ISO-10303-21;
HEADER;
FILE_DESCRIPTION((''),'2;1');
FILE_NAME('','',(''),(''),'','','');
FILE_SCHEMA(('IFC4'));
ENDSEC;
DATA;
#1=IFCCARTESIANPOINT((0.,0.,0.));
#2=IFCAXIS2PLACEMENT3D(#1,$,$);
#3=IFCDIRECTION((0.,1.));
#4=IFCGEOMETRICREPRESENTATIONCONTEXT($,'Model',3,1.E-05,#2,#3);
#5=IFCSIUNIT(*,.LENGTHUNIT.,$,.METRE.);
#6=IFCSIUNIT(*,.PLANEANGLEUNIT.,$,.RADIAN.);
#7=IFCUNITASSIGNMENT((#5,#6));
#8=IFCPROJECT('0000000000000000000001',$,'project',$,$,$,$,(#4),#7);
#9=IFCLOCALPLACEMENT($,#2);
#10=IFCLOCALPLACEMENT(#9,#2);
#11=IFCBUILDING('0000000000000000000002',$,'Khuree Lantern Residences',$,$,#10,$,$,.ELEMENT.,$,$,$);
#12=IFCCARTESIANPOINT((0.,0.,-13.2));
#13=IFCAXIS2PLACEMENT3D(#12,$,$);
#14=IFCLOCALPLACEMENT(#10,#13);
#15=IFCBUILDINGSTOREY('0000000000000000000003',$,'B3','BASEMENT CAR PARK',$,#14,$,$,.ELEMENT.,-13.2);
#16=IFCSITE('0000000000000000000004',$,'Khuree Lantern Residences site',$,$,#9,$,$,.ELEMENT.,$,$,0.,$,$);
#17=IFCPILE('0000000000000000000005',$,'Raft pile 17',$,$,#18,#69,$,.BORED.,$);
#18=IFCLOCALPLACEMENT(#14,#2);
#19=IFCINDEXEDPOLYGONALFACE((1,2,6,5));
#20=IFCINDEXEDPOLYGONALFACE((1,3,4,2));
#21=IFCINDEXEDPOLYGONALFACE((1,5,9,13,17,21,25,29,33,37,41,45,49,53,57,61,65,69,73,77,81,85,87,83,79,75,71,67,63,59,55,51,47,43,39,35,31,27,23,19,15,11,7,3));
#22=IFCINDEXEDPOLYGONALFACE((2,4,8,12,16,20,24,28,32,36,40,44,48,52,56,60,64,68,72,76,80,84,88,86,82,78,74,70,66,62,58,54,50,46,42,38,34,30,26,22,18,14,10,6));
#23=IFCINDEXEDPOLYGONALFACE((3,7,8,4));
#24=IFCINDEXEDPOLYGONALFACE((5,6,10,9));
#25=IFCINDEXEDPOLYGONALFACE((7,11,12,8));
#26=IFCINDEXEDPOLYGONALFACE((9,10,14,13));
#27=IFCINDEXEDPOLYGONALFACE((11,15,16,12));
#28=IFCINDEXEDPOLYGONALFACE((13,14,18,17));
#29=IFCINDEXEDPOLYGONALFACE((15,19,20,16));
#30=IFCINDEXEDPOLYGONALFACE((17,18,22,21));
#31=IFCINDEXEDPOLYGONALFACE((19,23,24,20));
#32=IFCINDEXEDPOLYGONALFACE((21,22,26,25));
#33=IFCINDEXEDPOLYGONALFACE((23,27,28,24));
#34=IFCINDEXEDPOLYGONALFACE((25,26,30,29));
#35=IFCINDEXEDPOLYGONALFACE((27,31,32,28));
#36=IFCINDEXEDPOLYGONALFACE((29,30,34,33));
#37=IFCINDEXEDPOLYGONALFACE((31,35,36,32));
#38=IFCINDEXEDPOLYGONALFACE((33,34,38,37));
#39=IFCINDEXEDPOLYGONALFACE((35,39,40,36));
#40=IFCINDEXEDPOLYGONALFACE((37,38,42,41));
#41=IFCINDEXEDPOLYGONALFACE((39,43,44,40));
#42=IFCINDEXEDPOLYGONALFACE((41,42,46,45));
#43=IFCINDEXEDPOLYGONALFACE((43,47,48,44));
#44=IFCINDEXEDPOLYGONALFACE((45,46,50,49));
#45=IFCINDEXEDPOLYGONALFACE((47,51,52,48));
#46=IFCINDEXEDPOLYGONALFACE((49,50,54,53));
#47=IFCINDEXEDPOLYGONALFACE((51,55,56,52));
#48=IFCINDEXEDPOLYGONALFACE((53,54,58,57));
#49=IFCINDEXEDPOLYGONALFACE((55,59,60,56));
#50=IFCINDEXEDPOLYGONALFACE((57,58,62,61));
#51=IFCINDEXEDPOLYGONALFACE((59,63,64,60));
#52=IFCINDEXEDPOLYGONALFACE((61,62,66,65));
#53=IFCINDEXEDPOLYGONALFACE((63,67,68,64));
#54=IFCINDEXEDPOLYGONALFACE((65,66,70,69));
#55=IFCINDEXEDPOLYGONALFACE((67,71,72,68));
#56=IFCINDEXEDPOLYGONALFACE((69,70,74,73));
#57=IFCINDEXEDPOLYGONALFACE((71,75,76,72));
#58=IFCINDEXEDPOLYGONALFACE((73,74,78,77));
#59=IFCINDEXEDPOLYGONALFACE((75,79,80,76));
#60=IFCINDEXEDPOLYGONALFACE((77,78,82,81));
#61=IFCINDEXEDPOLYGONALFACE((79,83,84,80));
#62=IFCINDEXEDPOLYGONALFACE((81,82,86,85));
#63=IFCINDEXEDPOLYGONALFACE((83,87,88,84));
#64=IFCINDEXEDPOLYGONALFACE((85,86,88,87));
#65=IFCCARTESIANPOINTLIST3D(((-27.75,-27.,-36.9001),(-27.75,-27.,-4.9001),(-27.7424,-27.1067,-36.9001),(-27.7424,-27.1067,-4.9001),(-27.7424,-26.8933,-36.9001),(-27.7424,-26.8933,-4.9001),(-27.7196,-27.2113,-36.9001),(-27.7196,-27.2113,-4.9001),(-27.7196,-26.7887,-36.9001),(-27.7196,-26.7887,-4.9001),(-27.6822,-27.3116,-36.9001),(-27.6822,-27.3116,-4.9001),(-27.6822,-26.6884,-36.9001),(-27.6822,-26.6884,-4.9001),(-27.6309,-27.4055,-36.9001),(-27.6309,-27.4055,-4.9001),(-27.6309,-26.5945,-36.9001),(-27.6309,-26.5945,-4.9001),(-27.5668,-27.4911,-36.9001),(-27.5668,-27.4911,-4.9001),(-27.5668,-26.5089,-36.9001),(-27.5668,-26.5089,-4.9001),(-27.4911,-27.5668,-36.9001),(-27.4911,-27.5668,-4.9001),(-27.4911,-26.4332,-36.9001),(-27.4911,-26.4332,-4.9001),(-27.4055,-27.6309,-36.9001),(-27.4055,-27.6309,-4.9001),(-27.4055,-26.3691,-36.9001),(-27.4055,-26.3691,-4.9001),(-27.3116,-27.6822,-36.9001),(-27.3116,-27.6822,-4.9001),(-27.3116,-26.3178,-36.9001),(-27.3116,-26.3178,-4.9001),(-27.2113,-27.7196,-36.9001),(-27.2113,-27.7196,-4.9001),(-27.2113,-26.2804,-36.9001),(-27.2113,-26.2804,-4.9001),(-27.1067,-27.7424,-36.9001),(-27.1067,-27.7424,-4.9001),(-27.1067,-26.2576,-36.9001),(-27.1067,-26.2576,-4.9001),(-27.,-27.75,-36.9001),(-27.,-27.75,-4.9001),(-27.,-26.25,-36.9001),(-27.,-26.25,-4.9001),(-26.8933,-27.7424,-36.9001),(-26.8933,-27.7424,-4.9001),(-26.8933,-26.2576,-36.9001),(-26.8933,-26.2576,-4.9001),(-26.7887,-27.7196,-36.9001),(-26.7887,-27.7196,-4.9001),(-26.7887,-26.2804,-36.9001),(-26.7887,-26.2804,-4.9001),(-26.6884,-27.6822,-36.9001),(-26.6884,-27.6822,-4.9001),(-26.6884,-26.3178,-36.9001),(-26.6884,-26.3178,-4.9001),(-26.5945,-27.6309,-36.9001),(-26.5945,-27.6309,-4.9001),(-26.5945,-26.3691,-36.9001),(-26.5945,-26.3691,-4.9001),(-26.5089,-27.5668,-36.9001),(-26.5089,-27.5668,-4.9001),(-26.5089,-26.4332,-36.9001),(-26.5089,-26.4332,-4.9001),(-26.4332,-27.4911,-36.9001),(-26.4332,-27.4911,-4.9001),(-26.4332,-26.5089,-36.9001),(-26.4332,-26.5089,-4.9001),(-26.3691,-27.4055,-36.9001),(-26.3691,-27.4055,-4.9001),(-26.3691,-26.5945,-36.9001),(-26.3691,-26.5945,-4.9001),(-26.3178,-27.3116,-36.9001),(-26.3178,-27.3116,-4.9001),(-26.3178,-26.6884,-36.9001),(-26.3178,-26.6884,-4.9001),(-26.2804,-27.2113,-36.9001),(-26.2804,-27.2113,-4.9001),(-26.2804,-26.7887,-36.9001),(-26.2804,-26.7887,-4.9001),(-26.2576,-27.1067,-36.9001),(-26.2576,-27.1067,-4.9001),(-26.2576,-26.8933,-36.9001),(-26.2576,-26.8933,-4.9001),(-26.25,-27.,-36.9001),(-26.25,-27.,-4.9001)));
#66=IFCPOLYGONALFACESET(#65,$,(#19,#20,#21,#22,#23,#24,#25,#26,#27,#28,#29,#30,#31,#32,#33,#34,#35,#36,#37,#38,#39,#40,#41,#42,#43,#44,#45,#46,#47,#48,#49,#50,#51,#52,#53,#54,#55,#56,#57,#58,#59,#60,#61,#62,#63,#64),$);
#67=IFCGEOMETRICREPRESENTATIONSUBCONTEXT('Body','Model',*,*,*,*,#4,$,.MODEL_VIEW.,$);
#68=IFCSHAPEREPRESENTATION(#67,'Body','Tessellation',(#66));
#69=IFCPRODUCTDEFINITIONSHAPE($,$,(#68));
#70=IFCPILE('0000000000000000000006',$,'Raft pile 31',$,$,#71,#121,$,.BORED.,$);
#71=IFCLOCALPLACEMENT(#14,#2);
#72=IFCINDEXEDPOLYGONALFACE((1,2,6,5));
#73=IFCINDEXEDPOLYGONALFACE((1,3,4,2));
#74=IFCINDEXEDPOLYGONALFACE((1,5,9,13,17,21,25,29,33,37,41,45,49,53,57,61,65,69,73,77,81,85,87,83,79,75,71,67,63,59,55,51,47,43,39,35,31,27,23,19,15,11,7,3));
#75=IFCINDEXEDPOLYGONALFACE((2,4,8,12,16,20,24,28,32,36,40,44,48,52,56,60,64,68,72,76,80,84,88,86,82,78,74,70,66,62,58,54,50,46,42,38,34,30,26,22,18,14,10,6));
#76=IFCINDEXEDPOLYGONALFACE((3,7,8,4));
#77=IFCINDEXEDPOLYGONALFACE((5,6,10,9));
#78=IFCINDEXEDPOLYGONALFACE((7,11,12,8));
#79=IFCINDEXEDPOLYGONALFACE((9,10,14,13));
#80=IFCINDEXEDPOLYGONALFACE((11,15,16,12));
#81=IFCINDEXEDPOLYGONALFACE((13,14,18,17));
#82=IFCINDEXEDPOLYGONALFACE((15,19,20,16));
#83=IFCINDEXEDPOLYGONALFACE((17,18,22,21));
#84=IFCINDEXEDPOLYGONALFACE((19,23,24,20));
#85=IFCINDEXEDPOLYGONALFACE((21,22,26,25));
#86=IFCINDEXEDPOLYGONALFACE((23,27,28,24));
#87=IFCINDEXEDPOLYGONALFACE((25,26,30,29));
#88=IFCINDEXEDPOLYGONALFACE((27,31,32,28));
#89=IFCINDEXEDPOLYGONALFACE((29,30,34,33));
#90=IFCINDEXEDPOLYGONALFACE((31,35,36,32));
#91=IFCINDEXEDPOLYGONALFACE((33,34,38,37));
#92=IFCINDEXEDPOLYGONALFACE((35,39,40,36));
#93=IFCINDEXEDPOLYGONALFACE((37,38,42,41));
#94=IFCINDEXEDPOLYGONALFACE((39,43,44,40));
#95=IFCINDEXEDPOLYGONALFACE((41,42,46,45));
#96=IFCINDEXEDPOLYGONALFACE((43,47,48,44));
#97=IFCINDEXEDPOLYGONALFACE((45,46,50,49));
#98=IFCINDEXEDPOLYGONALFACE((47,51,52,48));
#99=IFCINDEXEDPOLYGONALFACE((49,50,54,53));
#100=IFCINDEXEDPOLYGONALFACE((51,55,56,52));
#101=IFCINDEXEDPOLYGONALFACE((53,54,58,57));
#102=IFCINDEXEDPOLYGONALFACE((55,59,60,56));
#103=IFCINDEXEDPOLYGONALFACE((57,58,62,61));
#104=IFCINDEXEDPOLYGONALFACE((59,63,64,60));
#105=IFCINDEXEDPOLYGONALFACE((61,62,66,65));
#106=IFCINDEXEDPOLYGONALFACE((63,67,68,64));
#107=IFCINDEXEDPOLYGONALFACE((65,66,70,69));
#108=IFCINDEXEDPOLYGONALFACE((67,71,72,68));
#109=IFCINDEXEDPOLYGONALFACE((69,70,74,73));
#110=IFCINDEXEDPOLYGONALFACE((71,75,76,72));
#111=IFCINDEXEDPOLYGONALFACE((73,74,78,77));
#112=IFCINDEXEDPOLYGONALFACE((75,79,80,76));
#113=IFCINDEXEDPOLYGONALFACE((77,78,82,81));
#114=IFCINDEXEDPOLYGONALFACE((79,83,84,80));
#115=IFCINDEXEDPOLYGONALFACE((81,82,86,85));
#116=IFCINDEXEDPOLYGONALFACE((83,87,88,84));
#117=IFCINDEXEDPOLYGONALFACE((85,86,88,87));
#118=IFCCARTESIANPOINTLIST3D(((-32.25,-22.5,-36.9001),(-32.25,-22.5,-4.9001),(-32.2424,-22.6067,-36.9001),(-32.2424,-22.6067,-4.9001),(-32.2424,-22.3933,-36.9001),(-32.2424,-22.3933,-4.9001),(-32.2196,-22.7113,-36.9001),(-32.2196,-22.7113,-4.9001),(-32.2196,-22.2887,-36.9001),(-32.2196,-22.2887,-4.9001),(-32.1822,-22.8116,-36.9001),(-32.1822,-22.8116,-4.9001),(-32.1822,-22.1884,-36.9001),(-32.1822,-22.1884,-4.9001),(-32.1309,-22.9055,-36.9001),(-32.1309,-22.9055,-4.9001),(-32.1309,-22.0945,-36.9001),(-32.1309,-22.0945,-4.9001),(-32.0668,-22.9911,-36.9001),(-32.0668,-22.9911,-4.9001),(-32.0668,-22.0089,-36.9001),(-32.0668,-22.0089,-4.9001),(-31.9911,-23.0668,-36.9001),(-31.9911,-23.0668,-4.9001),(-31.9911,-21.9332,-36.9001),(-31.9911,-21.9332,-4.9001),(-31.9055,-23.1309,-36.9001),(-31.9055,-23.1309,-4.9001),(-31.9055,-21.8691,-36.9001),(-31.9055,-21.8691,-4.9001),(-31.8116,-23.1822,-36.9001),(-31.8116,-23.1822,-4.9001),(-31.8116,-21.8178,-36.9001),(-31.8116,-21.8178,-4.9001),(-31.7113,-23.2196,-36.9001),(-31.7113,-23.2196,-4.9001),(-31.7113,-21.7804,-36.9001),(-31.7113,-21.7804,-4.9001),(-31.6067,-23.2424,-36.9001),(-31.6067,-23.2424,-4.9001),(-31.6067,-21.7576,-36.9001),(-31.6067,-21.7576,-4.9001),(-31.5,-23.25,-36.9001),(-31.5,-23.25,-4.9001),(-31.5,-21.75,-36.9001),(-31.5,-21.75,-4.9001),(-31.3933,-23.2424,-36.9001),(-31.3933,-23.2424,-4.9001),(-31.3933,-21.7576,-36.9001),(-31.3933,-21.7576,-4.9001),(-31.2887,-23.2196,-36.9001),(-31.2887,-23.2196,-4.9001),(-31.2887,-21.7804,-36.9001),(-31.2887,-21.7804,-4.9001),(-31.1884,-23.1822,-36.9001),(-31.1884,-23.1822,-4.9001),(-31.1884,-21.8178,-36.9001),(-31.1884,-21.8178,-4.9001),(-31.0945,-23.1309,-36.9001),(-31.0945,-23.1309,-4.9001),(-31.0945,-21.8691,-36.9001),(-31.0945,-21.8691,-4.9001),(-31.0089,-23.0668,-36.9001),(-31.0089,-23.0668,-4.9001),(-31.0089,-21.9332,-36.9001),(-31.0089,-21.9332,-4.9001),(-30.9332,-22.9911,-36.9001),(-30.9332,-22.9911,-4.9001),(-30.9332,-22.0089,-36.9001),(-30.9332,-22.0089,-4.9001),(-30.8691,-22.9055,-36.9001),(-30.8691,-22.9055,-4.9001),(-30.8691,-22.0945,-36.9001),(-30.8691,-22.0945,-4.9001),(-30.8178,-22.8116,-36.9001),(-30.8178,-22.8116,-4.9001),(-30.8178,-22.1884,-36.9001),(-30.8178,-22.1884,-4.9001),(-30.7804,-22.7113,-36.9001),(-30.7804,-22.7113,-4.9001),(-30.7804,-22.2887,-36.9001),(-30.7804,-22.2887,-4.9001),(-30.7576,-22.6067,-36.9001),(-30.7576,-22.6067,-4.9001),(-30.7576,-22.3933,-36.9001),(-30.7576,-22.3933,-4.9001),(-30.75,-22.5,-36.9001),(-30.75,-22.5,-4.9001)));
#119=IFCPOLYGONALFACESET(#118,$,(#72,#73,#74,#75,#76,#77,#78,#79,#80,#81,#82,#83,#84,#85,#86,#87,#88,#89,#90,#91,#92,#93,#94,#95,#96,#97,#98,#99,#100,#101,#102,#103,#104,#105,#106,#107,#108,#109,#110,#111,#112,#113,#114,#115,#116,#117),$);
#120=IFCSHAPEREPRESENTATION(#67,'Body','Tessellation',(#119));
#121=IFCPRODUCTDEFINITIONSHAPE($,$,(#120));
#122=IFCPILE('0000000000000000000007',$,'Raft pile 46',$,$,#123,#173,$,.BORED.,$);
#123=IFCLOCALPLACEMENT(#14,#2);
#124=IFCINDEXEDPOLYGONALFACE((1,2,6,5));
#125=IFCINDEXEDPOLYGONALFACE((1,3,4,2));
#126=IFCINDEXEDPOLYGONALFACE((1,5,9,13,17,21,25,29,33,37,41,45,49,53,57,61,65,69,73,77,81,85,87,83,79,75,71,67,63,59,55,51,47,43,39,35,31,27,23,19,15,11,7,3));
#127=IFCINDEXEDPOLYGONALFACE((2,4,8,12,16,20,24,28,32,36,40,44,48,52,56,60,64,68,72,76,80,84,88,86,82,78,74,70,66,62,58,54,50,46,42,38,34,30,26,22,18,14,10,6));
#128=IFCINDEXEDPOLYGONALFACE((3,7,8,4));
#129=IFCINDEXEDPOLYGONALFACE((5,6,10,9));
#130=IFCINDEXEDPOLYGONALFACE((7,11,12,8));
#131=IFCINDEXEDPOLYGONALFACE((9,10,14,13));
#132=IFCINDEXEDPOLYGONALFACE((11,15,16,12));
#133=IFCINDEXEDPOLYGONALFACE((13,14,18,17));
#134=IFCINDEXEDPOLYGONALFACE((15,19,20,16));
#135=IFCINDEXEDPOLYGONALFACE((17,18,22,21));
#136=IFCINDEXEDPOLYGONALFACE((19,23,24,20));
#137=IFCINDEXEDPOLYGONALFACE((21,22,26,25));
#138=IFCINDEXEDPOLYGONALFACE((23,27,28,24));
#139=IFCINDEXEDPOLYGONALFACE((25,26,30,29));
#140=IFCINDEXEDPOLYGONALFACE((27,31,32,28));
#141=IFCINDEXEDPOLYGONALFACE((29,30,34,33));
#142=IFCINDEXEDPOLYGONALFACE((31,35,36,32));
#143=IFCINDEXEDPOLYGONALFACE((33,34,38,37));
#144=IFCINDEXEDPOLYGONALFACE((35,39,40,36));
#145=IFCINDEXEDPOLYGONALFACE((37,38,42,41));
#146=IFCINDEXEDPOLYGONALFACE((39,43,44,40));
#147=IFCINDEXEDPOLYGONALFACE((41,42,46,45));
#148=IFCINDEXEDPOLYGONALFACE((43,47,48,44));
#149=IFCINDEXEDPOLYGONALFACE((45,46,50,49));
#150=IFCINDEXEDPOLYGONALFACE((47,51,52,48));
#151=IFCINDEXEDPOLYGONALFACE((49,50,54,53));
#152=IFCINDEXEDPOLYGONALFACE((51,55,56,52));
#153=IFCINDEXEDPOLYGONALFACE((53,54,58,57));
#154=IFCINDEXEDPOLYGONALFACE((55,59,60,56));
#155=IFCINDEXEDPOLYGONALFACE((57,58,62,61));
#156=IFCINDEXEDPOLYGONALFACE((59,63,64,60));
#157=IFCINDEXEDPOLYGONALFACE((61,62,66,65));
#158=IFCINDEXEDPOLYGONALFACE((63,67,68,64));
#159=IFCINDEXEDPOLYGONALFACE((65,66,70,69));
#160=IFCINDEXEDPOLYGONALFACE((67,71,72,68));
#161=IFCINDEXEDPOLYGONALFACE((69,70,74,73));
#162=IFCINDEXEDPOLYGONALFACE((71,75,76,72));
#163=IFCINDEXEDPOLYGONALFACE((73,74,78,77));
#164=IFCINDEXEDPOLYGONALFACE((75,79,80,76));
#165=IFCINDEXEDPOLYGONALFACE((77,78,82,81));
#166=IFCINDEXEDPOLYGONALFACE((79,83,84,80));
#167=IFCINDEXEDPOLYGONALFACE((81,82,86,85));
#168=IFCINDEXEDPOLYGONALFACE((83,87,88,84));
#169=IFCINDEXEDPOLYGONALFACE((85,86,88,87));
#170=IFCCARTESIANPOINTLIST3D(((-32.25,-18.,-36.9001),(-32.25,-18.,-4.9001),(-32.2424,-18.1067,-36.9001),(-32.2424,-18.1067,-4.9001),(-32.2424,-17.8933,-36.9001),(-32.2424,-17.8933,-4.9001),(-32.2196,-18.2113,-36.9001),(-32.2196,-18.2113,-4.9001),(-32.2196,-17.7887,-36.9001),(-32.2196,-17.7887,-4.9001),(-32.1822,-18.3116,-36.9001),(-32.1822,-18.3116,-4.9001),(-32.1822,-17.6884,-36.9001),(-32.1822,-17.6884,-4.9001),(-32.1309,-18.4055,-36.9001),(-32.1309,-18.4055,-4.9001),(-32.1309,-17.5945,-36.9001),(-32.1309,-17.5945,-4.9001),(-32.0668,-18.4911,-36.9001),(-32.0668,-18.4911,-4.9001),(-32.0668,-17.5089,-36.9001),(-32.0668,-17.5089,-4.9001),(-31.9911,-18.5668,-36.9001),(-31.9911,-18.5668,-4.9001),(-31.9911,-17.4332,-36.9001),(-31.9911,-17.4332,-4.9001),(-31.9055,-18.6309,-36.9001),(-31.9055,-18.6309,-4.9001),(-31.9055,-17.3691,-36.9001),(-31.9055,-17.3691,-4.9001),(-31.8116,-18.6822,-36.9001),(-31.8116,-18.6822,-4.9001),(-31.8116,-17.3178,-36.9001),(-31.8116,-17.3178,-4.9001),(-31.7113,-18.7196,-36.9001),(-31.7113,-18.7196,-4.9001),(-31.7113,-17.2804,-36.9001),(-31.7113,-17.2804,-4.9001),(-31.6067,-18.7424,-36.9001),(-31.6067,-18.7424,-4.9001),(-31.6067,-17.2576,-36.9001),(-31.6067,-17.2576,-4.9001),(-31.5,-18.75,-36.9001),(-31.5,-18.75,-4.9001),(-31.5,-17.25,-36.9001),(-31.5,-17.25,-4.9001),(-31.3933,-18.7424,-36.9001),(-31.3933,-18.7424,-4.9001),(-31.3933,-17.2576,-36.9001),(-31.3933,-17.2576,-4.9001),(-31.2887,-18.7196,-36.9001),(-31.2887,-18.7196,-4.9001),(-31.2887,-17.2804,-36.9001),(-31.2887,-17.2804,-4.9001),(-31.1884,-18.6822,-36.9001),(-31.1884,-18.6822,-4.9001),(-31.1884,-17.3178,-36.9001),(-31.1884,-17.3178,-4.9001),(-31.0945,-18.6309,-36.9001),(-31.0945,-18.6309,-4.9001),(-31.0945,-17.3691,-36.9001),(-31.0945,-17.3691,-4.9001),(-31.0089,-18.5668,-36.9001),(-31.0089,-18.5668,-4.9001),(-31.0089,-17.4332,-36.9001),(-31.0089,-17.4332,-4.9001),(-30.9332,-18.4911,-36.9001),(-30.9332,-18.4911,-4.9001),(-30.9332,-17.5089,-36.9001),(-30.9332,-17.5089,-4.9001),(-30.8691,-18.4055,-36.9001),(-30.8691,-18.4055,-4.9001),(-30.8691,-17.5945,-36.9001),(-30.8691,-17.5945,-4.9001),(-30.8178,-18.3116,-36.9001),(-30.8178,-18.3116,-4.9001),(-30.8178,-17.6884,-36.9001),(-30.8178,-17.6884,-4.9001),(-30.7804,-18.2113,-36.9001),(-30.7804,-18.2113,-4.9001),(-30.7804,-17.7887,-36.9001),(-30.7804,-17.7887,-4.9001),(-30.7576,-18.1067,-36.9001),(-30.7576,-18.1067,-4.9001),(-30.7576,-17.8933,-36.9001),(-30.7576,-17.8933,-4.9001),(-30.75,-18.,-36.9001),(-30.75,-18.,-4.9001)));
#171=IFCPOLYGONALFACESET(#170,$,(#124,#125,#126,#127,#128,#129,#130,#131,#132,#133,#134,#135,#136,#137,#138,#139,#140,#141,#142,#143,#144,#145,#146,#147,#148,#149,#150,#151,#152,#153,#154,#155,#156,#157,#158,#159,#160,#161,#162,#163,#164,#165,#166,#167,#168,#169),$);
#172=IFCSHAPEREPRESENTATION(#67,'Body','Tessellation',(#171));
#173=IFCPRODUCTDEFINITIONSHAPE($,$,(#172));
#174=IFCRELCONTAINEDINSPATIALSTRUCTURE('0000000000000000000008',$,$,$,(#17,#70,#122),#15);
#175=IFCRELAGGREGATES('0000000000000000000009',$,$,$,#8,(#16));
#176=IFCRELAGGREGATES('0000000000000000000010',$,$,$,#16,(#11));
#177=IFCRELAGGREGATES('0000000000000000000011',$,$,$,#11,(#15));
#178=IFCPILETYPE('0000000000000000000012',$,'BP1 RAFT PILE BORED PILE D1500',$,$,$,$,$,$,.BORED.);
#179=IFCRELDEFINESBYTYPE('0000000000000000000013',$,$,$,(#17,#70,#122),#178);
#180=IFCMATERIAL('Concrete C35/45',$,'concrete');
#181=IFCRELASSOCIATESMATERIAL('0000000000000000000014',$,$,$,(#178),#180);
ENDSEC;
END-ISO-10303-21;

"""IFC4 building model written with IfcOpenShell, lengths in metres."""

from ifc_helpers import new_model, si_unit, direction, frame, origin, origin_2d, place, context, subcontext, project, spatial, circle, extrude, material, material_profile, profile_set, type_object, element, save


model = new_model("IFC4")

# Units and contexts
model_context = context("Model", 3, precision=1e-05, world=origin(), true_north=direction((0.0, 1.0)))
body_context = subcontext(model_context, "Body", "Model", "MODEL_VIEW")
ifc_project = project(units=[si_unit("LENGTHUNIT", "METRE"), si_unit("PLANEANGLEUNIT", "RADIAN")], contexts=[model_context])

# Site, building, storey
site_placement = place(None, origin())
site = spatial("IfcSite", under=ifc_project, at=site_placement, Name="Khuree Lantern Residences site", CompositionType="ELEMENT", RefElevation=0.0)
building_placement = place(site_placement, origin())
building = spatial("IfcBuilding", under=site, at=building_placement, Name="Khuree Lantern Residences", CompositionType="ELEMENT")
storey_placement = place(building_placement, frame((0.0, 0.0, -13.2)))
storey = spatial("IfcBuildingStorey", under=building, at=storey_placement, Name="B3", Description="BASEMENT CAR PARK", CompositionType="ELEMENT", Elevation=-13.2)

# Piles
ifc_material_1 = material(Name="Concrete C35/45", Category="concrete")
ifc_material_profile_1 = material_profile(ifc_material_1, circle(Radius=0.75, at=origin_2d()), Name="BORED PILE D1500")
ifc_profile_set_1 = profile_set([ifc_material_profile_1], Name="Concrete C35/45")
pile_type_1 = type_object("IfcPileType", Name="BP1 RAFT PILE BORED PILE D1500", PredefinedType="BORED", material=ifc_profile_set_1)
for number, where, z_axis, x_axis, name in (
    (1, (-27.0, -27.0, -4.9001), (0.0, 0.0, -1.0), (1.0, 0.0, 0.0), "Raft pile 17"),
    (2, (-31.5, -22.5, -4.9001), (0.0, 0.0, -1.0), (1.0, 0.0, 0.0), "Raft pile 31"),
    (3, (-31.5, -18.0, -4.9001), (0.0, 0.0, -1.0), (1.0, 0.0, 0.0), "Raft pile 46"),
):
    element("IfcPile", number, at=place(storey_placement, frame(where, z_axis=z_axis, x_axis=x_axis)), inside=storey, type_object=pile_type_1, Name=name, PredefinedType="BORED", context=body_context, shape_type="SweptSolid", body=[
        extrude(circle(Radius=0.75, at=origin_2d()), origin(), (0.0, 0.0, 1.0), 32.0),
    ])

save(model, "model.ifc")
